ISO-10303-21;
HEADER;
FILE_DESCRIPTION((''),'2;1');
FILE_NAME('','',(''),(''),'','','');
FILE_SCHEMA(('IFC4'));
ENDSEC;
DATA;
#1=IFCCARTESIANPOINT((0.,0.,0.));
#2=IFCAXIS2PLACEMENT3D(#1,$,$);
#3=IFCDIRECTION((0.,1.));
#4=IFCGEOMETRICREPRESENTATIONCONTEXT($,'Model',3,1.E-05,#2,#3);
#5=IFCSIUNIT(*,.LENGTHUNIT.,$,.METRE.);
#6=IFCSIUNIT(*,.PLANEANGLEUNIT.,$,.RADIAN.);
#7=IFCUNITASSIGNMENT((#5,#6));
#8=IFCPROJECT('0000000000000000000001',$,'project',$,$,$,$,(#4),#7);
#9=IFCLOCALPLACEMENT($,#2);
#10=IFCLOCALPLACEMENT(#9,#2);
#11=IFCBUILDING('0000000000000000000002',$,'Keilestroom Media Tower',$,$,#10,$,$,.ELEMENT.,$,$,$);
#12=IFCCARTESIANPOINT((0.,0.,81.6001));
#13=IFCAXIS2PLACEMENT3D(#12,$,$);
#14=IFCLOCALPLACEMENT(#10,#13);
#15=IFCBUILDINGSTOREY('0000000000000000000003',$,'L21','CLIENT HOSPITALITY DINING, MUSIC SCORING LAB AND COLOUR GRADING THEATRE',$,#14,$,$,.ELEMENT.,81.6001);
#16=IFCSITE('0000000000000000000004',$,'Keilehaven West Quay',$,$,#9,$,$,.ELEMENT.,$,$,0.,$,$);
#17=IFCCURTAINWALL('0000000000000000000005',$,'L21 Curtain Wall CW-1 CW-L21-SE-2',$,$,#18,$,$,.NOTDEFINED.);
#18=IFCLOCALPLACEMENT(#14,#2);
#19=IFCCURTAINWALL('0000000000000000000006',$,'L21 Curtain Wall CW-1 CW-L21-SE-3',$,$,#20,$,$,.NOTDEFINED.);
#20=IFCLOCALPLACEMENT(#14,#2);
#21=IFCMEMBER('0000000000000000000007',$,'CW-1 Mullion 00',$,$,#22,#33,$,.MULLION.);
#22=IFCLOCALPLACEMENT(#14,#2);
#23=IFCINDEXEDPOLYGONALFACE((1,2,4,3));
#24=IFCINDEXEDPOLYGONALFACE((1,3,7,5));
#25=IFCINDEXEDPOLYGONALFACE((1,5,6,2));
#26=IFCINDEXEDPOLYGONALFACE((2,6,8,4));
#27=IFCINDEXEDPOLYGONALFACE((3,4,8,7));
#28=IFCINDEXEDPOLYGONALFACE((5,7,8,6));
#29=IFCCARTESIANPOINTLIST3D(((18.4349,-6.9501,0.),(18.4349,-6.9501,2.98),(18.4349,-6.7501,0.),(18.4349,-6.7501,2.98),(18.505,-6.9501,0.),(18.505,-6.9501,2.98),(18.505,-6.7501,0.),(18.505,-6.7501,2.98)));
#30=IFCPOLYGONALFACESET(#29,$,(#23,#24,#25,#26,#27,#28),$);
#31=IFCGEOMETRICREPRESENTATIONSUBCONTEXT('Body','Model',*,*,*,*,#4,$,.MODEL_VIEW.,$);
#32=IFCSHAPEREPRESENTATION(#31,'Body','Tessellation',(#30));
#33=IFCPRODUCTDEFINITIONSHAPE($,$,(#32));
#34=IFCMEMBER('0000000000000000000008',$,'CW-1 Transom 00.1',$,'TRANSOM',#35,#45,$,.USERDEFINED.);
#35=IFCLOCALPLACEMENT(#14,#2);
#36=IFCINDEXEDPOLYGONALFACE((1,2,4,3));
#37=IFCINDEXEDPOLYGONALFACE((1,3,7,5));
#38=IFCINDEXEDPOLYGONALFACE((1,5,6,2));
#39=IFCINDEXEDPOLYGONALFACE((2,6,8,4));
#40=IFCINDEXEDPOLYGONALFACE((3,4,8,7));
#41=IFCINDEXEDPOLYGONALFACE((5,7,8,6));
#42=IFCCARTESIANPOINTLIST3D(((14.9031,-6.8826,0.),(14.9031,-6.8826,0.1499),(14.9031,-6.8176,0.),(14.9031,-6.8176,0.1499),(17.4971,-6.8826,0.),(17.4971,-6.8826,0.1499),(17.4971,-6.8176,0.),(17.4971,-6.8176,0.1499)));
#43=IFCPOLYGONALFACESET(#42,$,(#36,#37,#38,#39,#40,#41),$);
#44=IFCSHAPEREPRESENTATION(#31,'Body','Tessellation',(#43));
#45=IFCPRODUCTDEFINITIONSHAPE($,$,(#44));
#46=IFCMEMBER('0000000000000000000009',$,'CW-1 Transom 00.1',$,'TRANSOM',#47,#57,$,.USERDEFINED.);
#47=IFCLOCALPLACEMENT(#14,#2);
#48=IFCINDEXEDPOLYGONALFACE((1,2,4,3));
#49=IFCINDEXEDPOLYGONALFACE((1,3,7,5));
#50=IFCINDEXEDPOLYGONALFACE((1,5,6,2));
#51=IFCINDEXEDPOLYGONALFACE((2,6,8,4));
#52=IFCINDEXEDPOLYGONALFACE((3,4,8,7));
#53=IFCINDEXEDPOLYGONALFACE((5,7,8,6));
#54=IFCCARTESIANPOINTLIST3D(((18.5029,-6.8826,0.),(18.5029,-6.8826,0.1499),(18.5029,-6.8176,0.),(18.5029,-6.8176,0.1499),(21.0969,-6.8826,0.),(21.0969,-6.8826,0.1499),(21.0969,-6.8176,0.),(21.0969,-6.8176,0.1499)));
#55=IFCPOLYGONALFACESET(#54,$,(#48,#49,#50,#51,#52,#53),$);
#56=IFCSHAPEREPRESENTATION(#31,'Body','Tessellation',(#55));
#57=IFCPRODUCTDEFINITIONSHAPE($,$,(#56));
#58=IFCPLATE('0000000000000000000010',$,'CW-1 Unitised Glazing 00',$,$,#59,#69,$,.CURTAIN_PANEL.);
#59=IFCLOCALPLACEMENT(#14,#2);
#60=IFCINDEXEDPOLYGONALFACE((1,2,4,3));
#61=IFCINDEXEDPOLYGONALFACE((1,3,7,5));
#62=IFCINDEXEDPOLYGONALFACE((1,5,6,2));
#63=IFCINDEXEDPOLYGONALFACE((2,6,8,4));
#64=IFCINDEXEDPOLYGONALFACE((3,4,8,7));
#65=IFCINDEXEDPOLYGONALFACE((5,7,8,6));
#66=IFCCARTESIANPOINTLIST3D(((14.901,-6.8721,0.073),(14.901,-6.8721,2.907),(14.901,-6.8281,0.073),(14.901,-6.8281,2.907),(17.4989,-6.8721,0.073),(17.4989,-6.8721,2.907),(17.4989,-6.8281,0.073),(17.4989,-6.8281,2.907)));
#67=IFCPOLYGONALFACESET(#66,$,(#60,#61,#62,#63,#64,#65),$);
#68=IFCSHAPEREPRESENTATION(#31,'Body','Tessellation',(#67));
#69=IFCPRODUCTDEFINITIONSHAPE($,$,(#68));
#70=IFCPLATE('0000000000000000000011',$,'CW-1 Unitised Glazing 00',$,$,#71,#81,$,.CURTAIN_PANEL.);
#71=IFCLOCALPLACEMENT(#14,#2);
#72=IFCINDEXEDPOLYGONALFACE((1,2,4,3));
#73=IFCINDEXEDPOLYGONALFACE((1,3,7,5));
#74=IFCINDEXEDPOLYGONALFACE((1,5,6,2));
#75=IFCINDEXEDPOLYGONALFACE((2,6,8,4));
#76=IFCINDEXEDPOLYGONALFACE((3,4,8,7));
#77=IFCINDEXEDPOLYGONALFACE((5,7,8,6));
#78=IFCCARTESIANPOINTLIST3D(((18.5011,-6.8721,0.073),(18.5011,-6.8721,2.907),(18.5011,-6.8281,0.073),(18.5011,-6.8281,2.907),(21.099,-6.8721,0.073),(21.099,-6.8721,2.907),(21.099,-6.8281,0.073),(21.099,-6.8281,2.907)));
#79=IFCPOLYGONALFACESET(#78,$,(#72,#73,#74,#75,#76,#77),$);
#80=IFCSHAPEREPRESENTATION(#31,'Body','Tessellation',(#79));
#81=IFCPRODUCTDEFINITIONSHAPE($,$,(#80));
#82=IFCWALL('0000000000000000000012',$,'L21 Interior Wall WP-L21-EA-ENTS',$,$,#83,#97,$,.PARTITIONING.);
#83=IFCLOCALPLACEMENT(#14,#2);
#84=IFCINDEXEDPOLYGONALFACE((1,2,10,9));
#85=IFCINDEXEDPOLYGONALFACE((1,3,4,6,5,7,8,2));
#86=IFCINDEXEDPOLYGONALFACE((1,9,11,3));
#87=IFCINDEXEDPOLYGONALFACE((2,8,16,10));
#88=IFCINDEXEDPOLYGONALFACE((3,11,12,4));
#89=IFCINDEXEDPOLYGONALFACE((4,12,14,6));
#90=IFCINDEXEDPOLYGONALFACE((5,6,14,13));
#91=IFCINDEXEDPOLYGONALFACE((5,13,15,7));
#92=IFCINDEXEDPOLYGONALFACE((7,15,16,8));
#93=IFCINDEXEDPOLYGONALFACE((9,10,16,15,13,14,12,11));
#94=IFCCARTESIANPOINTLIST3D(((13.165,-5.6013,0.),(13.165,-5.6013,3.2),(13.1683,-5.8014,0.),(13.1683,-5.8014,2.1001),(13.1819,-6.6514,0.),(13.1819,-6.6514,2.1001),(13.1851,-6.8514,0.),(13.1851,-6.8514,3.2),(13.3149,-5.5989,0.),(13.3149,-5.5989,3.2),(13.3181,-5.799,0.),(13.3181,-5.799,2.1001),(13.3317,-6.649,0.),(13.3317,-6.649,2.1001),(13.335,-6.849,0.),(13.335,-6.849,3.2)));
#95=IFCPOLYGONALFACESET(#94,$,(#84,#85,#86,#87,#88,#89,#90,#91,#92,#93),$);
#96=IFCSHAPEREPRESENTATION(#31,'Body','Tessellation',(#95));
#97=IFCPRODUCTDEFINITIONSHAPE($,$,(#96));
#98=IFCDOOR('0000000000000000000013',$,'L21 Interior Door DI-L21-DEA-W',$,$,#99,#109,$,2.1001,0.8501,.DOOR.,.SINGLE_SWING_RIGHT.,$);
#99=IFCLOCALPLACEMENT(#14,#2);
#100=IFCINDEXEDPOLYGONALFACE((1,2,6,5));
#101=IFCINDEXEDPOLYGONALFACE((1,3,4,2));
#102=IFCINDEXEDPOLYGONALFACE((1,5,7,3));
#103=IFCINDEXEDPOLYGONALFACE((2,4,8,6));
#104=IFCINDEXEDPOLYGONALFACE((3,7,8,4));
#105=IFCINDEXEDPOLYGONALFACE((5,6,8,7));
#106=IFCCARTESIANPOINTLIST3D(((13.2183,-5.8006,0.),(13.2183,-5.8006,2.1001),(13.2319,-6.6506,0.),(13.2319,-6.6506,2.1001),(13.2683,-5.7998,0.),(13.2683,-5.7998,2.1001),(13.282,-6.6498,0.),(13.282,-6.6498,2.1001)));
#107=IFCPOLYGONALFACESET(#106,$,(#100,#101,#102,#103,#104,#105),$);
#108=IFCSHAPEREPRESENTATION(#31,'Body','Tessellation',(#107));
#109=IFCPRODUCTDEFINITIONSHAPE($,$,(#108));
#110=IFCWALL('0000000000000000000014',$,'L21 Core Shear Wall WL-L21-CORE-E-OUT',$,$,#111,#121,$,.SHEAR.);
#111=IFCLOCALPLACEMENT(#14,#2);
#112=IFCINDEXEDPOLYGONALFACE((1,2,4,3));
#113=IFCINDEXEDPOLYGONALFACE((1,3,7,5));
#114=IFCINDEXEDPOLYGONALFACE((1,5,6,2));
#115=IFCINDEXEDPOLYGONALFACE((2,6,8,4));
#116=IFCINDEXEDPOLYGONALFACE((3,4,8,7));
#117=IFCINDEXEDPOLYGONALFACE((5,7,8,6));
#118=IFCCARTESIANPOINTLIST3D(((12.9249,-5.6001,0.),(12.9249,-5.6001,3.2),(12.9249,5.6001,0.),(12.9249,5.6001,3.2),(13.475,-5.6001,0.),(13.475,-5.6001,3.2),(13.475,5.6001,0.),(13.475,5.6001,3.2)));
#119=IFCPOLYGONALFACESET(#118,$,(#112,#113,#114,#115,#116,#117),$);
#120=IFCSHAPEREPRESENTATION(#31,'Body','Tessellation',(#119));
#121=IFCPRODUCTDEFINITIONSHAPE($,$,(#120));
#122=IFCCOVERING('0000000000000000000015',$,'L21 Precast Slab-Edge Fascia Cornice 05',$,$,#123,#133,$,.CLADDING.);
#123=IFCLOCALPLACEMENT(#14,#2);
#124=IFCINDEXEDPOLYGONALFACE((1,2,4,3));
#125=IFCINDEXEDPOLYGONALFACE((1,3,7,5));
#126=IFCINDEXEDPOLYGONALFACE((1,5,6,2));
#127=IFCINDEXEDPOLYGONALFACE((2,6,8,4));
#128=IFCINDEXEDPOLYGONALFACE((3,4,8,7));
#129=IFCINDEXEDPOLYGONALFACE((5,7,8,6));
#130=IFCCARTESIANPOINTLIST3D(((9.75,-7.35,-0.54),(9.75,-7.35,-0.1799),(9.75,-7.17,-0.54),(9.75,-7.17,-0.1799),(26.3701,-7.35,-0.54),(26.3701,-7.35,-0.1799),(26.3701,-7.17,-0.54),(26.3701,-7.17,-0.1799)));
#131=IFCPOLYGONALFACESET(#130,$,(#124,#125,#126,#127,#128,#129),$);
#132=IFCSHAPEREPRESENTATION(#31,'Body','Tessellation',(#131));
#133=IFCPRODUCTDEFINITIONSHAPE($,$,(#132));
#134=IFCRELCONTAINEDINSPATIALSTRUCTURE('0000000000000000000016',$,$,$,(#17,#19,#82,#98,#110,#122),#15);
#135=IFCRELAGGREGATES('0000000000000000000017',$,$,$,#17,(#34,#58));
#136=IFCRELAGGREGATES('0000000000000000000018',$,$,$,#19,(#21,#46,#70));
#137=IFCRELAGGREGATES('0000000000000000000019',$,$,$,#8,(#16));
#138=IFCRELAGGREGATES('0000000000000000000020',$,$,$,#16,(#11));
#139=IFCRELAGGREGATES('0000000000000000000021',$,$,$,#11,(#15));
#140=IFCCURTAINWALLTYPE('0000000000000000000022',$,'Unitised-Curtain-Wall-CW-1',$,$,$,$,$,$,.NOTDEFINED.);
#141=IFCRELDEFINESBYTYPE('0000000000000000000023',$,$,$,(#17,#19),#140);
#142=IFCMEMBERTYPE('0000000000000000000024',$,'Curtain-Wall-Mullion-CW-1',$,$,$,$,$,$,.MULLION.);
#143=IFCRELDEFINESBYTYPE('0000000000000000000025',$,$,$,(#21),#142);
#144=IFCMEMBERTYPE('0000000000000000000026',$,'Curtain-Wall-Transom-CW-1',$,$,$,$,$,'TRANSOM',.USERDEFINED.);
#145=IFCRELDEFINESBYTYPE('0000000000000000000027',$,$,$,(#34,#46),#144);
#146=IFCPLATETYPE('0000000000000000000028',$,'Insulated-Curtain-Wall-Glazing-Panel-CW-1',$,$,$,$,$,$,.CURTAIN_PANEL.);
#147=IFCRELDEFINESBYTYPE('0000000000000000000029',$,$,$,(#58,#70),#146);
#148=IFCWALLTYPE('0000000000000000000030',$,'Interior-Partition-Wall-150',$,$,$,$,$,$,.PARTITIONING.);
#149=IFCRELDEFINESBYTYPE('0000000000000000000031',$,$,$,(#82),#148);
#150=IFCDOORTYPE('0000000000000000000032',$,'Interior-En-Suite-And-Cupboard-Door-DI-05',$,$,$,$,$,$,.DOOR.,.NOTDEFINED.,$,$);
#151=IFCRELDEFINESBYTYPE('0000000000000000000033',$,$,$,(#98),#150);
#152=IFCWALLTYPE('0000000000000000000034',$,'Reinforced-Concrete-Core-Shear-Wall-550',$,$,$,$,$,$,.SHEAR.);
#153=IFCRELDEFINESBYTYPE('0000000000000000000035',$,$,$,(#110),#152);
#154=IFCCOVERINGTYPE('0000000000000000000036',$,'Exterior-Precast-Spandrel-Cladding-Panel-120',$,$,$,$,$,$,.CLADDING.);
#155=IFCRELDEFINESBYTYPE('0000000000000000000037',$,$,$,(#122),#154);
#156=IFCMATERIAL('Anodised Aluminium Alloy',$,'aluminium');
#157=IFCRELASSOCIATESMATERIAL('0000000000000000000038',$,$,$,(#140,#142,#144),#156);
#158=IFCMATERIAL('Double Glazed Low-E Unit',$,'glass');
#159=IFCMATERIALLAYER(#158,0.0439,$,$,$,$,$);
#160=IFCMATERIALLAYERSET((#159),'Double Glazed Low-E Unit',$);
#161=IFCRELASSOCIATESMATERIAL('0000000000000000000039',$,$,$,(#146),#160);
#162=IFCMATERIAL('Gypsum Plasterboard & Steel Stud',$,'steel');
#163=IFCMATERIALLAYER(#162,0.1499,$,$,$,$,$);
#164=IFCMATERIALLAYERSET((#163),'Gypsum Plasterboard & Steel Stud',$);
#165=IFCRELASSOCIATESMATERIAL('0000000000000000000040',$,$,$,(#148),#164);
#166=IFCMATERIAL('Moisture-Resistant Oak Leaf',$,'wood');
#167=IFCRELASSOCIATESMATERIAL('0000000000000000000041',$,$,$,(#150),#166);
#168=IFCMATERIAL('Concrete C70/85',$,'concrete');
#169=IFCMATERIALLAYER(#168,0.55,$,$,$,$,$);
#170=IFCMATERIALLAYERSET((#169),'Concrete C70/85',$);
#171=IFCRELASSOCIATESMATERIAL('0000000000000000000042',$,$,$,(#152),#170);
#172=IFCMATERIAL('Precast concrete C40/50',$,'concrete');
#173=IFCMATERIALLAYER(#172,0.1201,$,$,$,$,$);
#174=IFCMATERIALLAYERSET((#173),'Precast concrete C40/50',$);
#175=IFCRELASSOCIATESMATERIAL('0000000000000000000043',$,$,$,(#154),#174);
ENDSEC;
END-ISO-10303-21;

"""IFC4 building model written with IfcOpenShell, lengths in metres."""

from ifc_helpers import new_model, si_unit, direction, frame, frame_2d, origin, origin_2d, place, context, subcontext, project, spatial, rectangle, extrude, source, transform, mapped, material, layer, layer_set, material_profile, profile_set, type_object, element, fill, aggregate, save


model = new_model("IFC4")

# Units and contexts
model_context = context("Model", 3, precision=1e-05, world=origin(), true_north=direction((0.0, 1.0)))
body_context = subcontext(model_context, "Body", "Model", "MODEL_VIEW")
ifc_project = project(units=[si_unit("LENGTHUNIT", "METRE"), si_unit("PLANEANGLEUNIT", "RADIAN")], contexts=[model_context])

# Site, building, storey
site_placement = place(None, origin())
site = spatial("IfcSite", under=ifc_project, at=site_placement, Name="Keilehaven West Quay", CompositionType="ELEMENT", RefElevation=0.0)
building_placement = place(site_placement, origin())
building = spatial("IfcBuilding", under=site, at=building_placement, Name="Keilestroom Media Tower", CompositionType="ELEMENT")
storey_placement = place(building_placement, frame((0.0, 0.0, 81.6001)))
storey = spatial("IfcBuildingStorey", under=building, at=storey_placement, Name="L21", Description="CLIENT HOSPITALITY DINING, MUSIC SCORING LAB AND COLOUR GRADING THEATRE", CompositionType="ELEMENT", Elevation=81.6001)

# Shared definitions
ifc_material_1 = material(Name="Precast concrete C40/50", Category="concrete")

# Shared definitions
ifc_material_2 = material(Name="Anodised Aluminium Alloy", Category="aluminium")
curtain_wall_type = type_object("IfcCurtainWallType", Name="Unitised-Curtain-Wall-CW-1", PredefinedType="NOTDEFINED", material=ifc_material_2)
ifc_material_profile_1 = material_profile(ifc_material_2, rectangle(XDim=0.0701, YDim=0.2, at=origin_2d()), Name="ALU MULLION 70x200")
ifc_profile_set_1 = profile_set([ifc_material_profile_1], Name="Anodised Aluminium Alloy")
member_type_1 = type_object("IfcMemberType", Name="Curtain-Wall-Mullion-CW-1", PredefinedType="MULLION", material=ifc_profile_set_1)
shared_shape_1 = source(origin(), body_context, "Body", "SweptSolid", [
    extrude(rectangle(XDim=0.0701, YDim=0.2, at=origin_2d()), origin(), (0.0, 0.0, 1.0), 2.98),
])

# Curtain wall
curtain_wall_1_placement = place(storey_placement, origin())
curtain_wall_1 = element("IfcCurtainWall", 1, at=curtain_wall_1_placement, inside=storey, type_object=curtain_wall_type, Name="L21 Curtain Wall CW-1 CW-L21-SE-2", PredefinedType="NOTDEFINED")

# Curtain wall, member
curtain_wall_2_placement = place(storey_placement, origin())
curtain_wall_2 = element("IfcCurtainWall", 2, at=curtain_wall_2_placement, inside=storey, type_object=curtain_wall_type, Name="L21 Curtain Wall CW-1 CW-L21-SE-3", PredefinedType="NOTDEFINED")
member_1_placement = place(storey_placement, frame((18.47, -6.8501, 0.0), z_axis=(0.0, 0.0, 1.0), x_axis=(1.0, 0.0, 0.0)))
member_1 = element("IfcMember", 3, at=member_1_placement, type_object=member_type_1, Name="CW-1 Mullion 00", PredefinedType="MULLION", context=body_context, shape_type="MappedRepresentation", body=[
    mapped(shared_shape_1, transform((0.0, 0.0, 0.0), x_axis=(1.0, 0.0, 0.0), y_axis=(0.0, 1.0, 0.0), z_axis=(0.0, 0.0, 1.0), scale=1.0)),
])

# Members
ifc_material_profile_2 = material_profile(ifc_material_2, rectangle(XDim=0.0649, YDim=0.1499, at=origin_2d()), Name="ALU TRANSOM 65x150")
ifc_profile_set_2 = profile_set([ifc_material_profile_2], Name="Anodised Aluminium Alloy")
member_type_2 = type_object("IfcMemberType", Name="Curtain-Wall-Transom-CW-1", ElementType="TRANSOM", PredefinedType="USERDEFINED", material=ifc_profile_set_2)
shared_shape_2 = source(origin(), body_context, "Body", "SweptSolid", [
    extrude(rectangle(XDim=0.0649, YDim=0.1499, at=origin_2d()), origin(), (0.0, 0.0, 1.0), 2.594),
])
member_2_placement = place(storey_placement, frame((14.9031, -6.8501, 0.075), z_axis=(1.0, 0.0, 0.0), x_axis=(0.0, 1.0, 0.0)))
member_2 = element("IfcMember", 4, at=member_2_placement, type_object=member_type_2, Name="CW-1 Transom 00.1", ObjectType="TRANSOM", PredefinedType="USERDEFINED", context=body_context, shape_type="MappedRepresentation", body=[
    mapped(shared_shape_2, transform((0.0, 0.0, 0.0), x_axis=(1.0, 0.0, 0.0), y_axis=(0.0, 1.0, 0.0), z_axis=(0.0, 0.0, 1.0), scale=1.0)),
])
member_3_placement = place(storey_placement, frame((18.5029, -6.8501, 0.075), z_axis=(1.0, 0.0, 0.0), x_axis=(0.0, 1.0, 0.0)))
member_3 = element("IfcMember", 5, at=member_3_placement, type_object=member_type_2, Name="CW-1 Transom 00.1", ObjectType="TRANSOM", PredefinedType="USERDEFINED", context=body_context, shape_type="MappedRepresentation", body=[
    mapped(shared_shape_2, transform((0.0, 0.0, 0.0), x_axis=(1.0, 0.0, 0.0), y_axis=(0.0, 1.0, 0.0), z_axis=(0.0, 0.0, 1.0), scale=1.0)),
])

# Plates
ifc_material_3 = material(Name="Double Glazed Low-E Unit", Category="glass")
ifc_layer_1 = layer(ifc_material_3, 0.0439)
ifc_layer_set_1 = layer_set([ifc_layer_1], Name="Double Glazed Low-E Unit")
plate_type = type_object("IfcPlateType", Name="Insulated-Curtain-Wall-Glazing-Panel-CW-1", PredefinedType="CURTAIN_PANEL", material=ifc_layer_set_1)
shared_shape_3 = source(origin(), body_context, "Body", "SweptSolid", [
    extrude(rectangle(XDim=2.5979, YDim=0.0439, at=origin_2d()), origin(), (0.0, 0.0, 1.0), 2.834),
])
plate_1_placement = place(storey_placement, frame((16.2, -6.8501, 0.073), z_axis=(0.0, 0.0, 1.0), x_axis=(1.0, 0.0, 0.0)))
plate_1 = element("IfcPlate", 6, at=plate_1_placement, type_object=plate_type, Name="CW-1 Unitised Glazing 00", PredefinedType="CURTAIN_PANEL", context=body_context, shape_type="MappedRepresentation", body=[
    mapped(shared_shape_3, transform((0.0, 0.0, 0.0), x_axis=(1.0, 0.0, 0.0), y_axis=(0.0, 1.0, 0.0), z_axis=(0.0, 0.0, 1.0), scale=1.0)),
])
aggregate(curtain_wall_1, [member_2, plate_1])
plate_2_placement = place(storey_placement, frame((19.8, -6.8501, 0.073), z_axis=(0.0, 0.0, 1.0), x_axis=(1.0, 0.0, 0.0)))
plate_2 = element("IfcPlate", 7, at=plate_2_placement, type_object=plate_type, Name="CW-1 Unitised Glazing 00", PredefinedType="CURTAIN_PANEL", context=body_context, shape_type="MappedRepresentation", body=[
    mapped(shared_shape_3, transform((0.0, 0.0, 0.0), x_axis=(1.0, 0.0, 0.0), y_axis=(0.0, 1.0, 0.0), z_axis=(0.0, 0.0, 1.0), scale=1.0)),
])
aggregate(curtain_wall_2, [member_1, member_3, plate_2])

# Wall, opening, door
ifc_material_4 = material(Name="Gypsum Plasterboard & Steel Stud", Category="steel")
ifc_layer_2 = layer(ifc_material_4, 0.1499)
ifc_layer_set_2 = layer_set([ifc_layer_2], Name="Gypsum Plasterboard & Steel Stud")
wall_type_1 = type_object("IfcWallType", Name="Interior-Partition-Wall-150", PredefinedType="PARTITIONING", material=ifc_layer_set_2)
wall_1_placement = place(storey_placement, frame((13.26, -6.8501, 0.0), z_axis=(0.0, 0.0, 1.0), x_axis=(-0.016014, 0.999872, 0.0)))
wall_1 = element("IfcWall", 8, at=wall_1_placement, inside=storey, type_object=wall_type_1, Name="L21 Interior Wall WP-L21-EA-ENTS", PredefinedType="PARTITIONING", context=body_context, shape_type="SweptSolid", body=[
    extrude(rectangle(XDim=1.2502, YDim=0.1499, at=frame_2d((0.625, 0.0))), origin(), (0.0, 0.0, 1.0), 3.2),
])
opening_placement = place(wall_1_placement, frame((0.2, 0.0, 0.0)))
opening = element("IfcOpeningElement", 9, at=opening_placement, cuts=wall_1, PredefinedType="OPENING", context=body_context, shape_type="SweptSolid", body=[
    extrude(rectangle(XDim=0.8501, YDim=2.1001, at=frame_2d((0.425, 1.05))), frame((0.0, 0.085, 0.0), z_axis=(0.0, -1.0, 0.0), x_axis=(1.0, 0.0, 0.0)), (0.0, 0.0, 1.0), 0.1699),
])
ifc_material_5 = material(Name="Moisture-Resistant Oak Leaf", Category="wood")
door_type = type_object("IfcDoorType", Name="Interior-En-Suite-And-Cupboard-Door-DI-05", OperationType="NOTDEFINED", PredefinedType="DOOR", material=ifc_material_5)
shared_shape_4 = source(origin(), body_context, "Body", "SweptSolid", [
    extrude(rectangle(XDim=0.8501, YDim=2.1001, at=frame_2d((0.425, 1.05))), frame((0.0, 0.0249, 0.0), z_axis=(0.0, -1.0, 0.0), x_axis=(1.0, 0.0, 0.0)), (0.0, 0.0, 1.0), 0.05),
])
door_placement = place(opening_placement, origin())
door = element("IfcDoor", 10, at=door_placement, inside=storey, type_object=door_type, Name="L21 Interior Door DI-L21-DEA-W", OperationType="SINGLE_SWING_RIGHT", OverallHeight=2.1001, OverallWidth=0.8501, PredefinedType="DOOR", context=body_context, shape_type="MappedRepresentation", body=[
    mapped(shared_shape_4, transform((0.0, 0.0, 0.0), x_axis=(1.0, 0.0, 0.0), y_axis=(0.0, 1.0, 0.0), z_axis=(0.0, 0.0, 1.0), scale=1.0)),
])
fill(opening, door)

# Wall
ifc_material_6 = material(Name="Concrete C70/85", Category="concrete")
ifc_layer_3 = layer(ifc_material_6, 0.55)
ifc_layer_set_3 = layer_set([ifc_layer_3], Name="Concrete C70/85")
wall_type_2 = type_object("IfcWallType", Name="Reinforced-Concrete-Core-Shear-Wall-550", PredefinedType="SHEAR", material=ifc_layer_set_3)
wall_2_placement = place(storey_placement, frame((13.2, -5.6001, 0.0), z_axis=(0.0, 0.0, 1.0), x_axis=(0.0, 1.0, 0.0)))
element("IfcWall", 11, at=wall_2_placement, inside=storey, type_object=wall_type_2, Name="L21 Core Shear Wall WL-L21-CORE-E-OUT", PredefinedType="SHEAR", context=body_context, shape_type="SweptSolid", body=[
    extrude(rectangle(XDim=11.2002, YDim=0.55, at=frame_2d((5.6001, 0.0))), origin(), (0.0, 0.0, 1.0), 3.2),
])

# Covering
ifc_layer_4 = layer(ifc_material_1, 0.1201)
ifc_layer_set_4 = layer_set([ifc_layer_4], Name="Precast concrete C40/50")
covering_type = type_object("IfcCoveringType", Name="Exterior-Precast-Spandrel-Cladding-Panel-120", PredefinedType="CLADDING", material=ifc_layer_set_4)
shared_shape_5 = source(origin(), body_context, "Body", "SweptSolid", [
    extrude(rectangle(XDim=16.6201, YDim=0.1799, at=origin_2d()), origin(), (0.0, 0.0, 1.0), 0.3601),
])
covering_placement = place(storey_placement, frame((18.0601, -7.26, -0.54), z_axis=(0.0, 0.0, 1.0), x_axis=(-1.0, 0.0, 0.0)))
element("IfcCovering", 12, at=covering_placement, inside=storey, type_object=covering_type, Name="L21 Precast Slab-Edge Fascia Cornice 05", PredefinedType="CLADDING", context=body_context, shape_type="MappedRepresentation", body=[
    mapped(shared_shape_5, transform((0.0, 0.0, 0.0), x_axis=(1.0, 0.0, 0.0), y_axis=(0.0, 1.0, 0.0), z_axis=(0.0, 0.0, 1.0), scale=1.0)),
])

save(model, "model.ifc")
